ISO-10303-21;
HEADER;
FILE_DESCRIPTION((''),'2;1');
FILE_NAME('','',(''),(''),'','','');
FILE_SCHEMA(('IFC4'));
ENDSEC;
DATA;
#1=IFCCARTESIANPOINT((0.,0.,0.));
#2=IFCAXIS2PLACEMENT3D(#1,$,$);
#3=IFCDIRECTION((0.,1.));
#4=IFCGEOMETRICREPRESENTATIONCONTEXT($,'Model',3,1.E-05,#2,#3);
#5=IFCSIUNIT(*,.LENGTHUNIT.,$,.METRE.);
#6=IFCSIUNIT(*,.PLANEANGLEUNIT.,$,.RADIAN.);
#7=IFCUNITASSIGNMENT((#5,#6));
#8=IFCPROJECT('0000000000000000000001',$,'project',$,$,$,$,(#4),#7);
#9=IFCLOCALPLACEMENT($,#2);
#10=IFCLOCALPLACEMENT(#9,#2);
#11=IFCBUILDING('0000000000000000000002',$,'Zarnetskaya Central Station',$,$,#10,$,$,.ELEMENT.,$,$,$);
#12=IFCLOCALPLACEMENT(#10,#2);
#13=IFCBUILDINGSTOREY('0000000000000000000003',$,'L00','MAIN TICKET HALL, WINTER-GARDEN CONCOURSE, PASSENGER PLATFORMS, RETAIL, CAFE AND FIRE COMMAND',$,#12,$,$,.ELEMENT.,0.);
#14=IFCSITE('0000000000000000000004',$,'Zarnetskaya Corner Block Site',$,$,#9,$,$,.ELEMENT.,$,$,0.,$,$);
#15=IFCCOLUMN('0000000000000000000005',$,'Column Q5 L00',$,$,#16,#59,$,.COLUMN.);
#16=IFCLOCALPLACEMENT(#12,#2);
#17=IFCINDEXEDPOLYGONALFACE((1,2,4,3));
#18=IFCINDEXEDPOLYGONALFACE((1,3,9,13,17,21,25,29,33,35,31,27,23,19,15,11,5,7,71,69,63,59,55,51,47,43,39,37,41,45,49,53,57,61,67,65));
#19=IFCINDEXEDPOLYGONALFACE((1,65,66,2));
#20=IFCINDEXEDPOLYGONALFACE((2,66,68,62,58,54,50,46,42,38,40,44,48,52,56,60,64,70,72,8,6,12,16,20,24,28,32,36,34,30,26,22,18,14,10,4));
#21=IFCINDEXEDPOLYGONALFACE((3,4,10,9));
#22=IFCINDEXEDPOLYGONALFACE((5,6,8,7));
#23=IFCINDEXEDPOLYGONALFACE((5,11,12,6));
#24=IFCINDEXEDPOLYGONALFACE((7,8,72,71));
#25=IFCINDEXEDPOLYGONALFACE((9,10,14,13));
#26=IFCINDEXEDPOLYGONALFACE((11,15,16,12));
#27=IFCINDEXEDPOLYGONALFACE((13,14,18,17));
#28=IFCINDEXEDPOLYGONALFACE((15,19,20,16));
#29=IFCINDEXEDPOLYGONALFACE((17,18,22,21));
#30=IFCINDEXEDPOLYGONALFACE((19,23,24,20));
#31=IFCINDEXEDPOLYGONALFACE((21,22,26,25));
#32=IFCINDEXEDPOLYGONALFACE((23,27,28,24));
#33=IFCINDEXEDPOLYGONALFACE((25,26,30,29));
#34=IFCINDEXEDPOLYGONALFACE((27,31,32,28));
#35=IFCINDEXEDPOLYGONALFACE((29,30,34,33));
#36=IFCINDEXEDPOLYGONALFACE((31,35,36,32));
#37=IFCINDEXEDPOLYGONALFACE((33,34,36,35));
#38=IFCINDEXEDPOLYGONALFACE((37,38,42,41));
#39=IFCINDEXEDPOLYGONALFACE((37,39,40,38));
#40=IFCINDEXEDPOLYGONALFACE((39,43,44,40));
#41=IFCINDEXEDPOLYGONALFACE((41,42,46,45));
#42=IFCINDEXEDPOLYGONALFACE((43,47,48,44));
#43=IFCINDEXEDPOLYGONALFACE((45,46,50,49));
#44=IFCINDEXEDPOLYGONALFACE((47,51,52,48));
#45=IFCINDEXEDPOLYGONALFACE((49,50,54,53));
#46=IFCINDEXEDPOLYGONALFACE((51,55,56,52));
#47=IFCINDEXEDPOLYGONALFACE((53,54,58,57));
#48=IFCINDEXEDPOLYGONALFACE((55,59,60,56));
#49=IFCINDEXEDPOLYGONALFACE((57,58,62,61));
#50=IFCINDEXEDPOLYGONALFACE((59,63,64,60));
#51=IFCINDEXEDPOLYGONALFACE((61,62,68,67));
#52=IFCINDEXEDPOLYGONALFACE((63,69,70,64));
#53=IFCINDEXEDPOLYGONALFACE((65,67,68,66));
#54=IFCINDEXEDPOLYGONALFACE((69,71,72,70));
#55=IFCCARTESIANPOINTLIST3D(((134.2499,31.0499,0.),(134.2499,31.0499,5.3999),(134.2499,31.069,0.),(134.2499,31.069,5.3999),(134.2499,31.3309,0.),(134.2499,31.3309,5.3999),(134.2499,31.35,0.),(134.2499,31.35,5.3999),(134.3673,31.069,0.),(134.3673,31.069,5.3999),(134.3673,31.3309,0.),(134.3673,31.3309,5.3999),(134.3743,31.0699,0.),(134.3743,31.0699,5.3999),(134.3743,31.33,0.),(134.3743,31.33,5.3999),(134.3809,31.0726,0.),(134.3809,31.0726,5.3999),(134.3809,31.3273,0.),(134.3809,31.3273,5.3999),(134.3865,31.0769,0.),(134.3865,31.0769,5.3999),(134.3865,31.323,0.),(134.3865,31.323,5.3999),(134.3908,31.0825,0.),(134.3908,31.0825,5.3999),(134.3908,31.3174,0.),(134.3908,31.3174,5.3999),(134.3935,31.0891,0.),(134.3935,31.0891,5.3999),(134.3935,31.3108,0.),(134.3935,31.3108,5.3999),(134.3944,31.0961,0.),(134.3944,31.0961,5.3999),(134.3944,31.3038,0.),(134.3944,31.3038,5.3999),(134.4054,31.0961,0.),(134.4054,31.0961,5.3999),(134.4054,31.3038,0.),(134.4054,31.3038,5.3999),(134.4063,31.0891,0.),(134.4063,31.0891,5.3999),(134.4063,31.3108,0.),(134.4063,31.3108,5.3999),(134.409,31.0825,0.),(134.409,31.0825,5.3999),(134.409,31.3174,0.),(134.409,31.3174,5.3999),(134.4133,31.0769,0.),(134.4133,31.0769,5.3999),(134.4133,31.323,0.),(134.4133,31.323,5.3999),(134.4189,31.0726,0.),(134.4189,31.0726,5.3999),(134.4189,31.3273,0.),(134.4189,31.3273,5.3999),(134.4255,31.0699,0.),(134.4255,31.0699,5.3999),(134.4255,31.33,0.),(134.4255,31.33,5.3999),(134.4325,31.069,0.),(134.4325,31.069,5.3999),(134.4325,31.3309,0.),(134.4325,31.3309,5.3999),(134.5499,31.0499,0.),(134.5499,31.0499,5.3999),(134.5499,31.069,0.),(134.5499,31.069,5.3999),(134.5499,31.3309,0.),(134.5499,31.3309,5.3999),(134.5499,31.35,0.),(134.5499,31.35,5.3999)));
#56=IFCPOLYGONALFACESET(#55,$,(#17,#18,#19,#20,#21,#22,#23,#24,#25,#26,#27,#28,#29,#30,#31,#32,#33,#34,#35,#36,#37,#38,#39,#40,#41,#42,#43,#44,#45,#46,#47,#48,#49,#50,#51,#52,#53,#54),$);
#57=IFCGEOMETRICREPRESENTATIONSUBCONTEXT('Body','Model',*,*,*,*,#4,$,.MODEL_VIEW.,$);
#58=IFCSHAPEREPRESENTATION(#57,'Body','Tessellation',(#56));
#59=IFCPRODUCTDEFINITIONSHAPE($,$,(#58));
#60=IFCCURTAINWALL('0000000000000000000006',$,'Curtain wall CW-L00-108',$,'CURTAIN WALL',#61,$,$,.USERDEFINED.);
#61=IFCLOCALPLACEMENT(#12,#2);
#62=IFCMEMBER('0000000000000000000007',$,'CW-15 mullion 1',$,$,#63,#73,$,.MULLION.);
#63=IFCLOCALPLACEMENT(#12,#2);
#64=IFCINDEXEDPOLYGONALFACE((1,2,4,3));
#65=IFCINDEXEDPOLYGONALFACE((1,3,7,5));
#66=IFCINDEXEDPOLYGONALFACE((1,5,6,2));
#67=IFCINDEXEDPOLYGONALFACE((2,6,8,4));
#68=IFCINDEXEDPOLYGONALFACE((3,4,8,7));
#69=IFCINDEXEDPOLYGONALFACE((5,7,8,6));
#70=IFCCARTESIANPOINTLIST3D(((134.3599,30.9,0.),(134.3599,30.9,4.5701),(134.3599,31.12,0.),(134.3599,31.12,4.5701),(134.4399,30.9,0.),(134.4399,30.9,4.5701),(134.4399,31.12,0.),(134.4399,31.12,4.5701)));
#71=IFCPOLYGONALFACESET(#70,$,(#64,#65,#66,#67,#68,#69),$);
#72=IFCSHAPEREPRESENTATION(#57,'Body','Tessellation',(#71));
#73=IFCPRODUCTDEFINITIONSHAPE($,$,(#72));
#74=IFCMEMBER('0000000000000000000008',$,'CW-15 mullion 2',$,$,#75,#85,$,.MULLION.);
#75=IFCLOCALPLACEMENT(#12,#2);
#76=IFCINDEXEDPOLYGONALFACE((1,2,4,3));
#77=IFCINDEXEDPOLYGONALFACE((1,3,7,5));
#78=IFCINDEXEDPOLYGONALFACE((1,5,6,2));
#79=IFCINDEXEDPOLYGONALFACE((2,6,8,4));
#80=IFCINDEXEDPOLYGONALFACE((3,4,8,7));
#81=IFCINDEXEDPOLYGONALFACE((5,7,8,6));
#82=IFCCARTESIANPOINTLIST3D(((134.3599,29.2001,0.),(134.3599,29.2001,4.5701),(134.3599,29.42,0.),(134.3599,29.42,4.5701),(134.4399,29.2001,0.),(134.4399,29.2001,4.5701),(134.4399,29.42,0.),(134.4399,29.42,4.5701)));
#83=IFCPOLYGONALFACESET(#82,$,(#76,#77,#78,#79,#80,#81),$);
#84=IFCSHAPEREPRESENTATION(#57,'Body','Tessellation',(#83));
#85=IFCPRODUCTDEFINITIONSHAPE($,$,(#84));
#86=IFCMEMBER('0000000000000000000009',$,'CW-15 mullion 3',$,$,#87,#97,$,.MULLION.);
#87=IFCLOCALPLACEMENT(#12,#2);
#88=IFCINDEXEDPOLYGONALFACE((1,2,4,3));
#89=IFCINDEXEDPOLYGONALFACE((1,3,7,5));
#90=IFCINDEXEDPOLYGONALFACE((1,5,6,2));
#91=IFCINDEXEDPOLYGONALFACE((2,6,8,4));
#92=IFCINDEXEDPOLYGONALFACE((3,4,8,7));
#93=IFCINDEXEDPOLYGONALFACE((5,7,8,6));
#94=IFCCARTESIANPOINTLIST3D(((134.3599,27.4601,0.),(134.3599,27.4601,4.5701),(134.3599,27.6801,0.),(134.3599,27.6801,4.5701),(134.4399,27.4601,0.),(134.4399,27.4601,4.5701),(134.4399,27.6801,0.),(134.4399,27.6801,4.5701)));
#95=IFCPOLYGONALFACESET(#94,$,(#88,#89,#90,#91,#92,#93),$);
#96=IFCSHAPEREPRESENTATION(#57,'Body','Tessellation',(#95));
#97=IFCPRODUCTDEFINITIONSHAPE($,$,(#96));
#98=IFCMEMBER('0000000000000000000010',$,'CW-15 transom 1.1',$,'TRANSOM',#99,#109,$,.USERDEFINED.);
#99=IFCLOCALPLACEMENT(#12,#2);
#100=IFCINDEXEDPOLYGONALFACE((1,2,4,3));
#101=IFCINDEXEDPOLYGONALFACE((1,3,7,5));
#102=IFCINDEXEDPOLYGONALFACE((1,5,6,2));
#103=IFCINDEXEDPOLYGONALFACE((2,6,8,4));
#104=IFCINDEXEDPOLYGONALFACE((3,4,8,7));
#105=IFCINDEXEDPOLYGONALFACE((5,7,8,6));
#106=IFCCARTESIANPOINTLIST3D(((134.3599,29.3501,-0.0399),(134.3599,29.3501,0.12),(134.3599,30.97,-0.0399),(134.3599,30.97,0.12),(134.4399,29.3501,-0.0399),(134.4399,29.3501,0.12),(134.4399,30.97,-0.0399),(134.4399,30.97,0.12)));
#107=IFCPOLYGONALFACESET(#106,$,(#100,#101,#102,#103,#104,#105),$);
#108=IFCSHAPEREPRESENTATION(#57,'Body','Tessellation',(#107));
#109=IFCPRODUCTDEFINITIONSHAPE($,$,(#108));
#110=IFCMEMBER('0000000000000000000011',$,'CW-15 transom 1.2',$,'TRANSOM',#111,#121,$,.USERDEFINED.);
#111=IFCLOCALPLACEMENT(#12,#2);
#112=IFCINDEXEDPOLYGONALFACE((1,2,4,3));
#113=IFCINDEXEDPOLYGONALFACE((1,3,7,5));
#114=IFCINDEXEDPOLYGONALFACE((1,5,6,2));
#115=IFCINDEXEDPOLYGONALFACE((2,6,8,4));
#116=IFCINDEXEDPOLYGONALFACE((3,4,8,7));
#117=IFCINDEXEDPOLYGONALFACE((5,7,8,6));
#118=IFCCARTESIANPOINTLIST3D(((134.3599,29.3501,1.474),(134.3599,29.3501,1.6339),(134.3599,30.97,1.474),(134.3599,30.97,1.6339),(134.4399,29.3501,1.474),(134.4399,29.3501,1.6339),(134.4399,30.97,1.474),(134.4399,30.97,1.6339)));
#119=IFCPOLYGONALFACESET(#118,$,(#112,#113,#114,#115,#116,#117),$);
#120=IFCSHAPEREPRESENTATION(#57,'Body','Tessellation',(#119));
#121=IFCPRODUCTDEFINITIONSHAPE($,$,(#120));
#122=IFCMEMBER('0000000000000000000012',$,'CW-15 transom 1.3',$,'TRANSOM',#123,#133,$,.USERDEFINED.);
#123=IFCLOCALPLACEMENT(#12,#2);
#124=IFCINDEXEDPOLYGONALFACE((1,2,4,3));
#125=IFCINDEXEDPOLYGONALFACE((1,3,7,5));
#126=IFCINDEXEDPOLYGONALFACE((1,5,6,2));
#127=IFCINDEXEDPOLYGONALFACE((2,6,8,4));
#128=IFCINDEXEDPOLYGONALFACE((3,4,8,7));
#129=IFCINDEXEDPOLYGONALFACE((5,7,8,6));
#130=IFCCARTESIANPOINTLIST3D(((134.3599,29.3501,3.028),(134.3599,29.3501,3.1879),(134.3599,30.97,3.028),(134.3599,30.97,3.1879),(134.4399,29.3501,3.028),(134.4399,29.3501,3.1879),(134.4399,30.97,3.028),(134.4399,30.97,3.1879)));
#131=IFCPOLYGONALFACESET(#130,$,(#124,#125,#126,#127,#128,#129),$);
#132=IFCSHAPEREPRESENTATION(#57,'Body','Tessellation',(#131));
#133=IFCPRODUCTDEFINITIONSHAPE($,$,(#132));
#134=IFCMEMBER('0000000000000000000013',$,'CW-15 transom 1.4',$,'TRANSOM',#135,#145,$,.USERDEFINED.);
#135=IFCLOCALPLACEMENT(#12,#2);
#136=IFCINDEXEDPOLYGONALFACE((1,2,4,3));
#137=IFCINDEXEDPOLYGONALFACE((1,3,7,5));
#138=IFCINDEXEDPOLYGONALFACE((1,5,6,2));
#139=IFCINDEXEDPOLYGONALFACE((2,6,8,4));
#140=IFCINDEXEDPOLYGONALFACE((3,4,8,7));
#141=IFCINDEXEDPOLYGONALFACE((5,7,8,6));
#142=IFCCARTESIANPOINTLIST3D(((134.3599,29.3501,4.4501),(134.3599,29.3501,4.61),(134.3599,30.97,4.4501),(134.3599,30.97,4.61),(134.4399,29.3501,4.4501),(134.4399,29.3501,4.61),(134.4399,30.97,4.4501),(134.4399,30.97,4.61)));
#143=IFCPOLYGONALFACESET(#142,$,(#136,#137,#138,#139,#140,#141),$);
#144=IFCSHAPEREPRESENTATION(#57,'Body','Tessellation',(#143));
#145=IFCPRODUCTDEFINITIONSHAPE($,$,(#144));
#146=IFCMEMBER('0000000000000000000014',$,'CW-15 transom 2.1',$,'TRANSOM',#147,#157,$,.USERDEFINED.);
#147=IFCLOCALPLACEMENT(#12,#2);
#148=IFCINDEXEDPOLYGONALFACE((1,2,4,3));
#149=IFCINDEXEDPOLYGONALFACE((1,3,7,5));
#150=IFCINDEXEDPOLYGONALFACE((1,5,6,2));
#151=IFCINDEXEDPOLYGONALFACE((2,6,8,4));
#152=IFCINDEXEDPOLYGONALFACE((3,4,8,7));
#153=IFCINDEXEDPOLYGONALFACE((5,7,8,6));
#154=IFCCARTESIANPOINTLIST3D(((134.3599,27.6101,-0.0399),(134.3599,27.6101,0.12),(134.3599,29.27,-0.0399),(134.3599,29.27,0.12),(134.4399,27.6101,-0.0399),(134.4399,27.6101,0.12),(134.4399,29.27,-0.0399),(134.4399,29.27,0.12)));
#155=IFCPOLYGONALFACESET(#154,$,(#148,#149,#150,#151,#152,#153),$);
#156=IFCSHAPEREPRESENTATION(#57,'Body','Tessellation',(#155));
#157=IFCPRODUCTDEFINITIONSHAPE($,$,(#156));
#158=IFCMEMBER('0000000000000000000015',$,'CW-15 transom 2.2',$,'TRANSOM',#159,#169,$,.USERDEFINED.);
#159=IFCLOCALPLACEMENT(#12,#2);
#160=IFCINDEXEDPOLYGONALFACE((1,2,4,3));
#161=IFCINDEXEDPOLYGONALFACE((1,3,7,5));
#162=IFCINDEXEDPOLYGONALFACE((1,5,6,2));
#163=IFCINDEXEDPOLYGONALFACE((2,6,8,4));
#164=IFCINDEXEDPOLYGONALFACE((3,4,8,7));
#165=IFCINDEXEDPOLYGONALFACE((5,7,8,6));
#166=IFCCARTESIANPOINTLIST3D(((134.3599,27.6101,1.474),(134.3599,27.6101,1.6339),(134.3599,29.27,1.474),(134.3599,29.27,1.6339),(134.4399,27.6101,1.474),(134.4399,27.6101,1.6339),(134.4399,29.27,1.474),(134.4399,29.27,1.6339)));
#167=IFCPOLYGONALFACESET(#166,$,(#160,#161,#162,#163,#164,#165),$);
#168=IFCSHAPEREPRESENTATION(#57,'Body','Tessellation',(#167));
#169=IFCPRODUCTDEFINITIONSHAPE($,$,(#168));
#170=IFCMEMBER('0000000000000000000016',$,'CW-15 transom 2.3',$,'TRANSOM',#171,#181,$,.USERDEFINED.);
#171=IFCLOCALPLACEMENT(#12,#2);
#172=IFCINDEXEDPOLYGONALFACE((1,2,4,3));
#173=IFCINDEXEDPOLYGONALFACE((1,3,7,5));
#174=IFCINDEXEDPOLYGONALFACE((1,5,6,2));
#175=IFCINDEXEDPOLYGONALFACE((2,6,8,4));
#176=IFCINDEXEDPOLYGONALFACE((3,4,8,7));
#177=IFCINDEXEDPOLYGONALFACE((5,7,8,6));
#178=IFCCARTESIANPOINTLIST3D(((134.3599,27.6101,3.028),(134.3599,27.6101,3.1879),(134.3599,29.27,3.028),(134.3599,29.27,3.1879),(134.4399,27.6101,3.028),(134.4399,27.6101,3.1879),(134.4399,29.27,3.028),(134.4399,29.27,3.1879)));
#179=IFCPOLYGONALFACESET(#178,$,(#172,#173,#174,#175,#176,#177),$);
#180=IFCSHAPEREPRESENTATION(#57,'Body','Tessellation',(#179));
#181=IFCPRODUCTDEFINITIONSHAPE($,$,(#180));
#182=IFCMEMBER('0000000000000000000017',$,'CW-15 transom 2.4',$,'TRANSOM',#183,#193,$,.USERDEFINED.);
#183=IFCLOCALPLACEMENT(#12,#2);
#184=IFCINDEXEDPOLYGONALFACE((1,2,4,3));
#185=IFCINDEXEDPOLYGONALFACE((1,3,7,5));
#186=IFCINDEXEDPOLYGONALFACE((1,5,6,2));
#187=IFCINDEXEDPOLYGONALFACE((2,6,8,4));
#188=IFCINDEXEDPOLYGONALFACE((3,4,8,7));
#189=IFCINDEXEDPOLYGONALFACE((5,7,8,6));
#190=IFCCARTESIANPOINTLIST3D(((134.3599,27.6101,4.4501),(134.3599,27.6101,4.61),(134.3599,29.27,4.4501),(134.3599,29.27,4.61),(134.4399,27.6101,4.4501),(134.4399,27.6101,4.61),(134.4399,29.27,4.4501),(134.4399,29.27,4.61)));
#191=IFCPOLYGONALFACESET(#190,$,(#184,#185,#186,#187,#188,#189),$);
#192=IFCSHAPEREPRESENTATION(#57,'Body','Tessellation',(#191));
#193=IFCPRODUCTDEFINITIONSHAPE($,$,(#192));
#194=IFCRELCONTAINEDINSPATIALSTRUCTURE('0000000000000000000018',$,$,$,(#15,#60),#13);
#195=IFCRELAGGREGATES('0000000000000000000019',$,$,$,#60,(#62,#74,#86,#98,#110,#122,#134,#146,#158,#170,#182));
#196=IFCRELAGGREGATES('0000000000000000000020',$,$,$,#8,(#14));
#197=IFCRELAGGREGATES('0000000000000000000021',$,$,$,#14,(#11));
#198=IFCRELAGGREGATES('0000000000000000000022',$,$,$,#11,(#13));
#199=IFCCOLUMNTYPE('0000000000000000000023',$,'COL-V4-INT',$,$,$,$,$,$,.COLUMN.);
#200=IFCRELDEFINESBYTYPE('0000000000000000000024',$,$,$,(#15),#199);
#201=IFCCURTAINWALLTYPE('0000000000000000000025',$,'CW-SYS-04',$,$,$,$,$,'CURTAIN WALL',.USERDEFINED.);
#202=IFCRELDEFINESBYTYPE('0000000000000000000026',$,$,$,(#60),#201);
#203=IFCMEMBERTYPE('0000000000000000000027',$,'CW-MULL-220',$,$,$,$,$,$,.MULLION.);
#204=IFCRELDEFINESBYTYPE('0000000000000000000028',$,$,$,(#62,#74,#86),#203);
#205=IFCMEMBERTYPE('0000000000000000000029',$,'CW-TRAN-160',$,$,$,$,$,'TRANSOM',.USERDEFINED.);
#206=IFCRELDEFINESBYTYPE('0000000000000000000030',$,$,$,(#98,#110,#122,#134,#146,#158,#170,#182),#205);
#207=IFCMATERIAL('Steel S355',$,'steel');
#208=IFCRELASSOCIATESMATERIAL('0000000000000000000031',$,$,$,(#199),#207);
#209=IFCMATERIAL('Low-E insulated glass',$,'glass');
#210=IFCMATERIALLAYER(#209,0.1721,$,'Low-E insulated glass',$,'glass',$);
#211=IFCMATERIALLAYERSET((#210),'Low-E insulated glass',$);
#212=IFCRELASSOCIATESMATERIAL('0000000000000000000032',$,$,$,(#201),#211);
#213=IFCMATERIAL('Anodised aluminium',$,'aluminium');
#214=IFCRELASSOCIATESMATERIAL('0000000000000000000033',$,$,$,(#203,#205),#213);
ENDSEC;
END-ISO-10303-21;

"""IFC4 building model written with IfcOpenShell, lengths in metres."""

from ifc_helpers import new_model, si_unit, direction, frame, origin, origin_2d, place, context, subcontext, project, spatial, rectangle, i_section, extrude, material, layer, layer_set, material_profile, profile_set, type_object, element, aggregate, save


model = new_model("IFC4")

# Units and contexts
model_context = context("Model", 3, precision=1e-05, world=origin(), true_north=direction((0.0, 1.0)))
body_context = subcontext(model_context, "Body", "Model", "MODEL_VIEW")
ifc_project = project(units=[si_unit("LENGTHUNIT", "METRE"), si_unit("PLANEANGLEUNIT", "RADIAN")], contexts=[model_context])

# Site, building, storey
site_placement = place(None, origin())
site = spatial("IfcSite", under=ifc_project, at=site_placement, Name="Zarnetskaya Corner Block Site", CompositionType="ELEMENT", RefElevation=0.0)
building_placement = place(site_placement, origin())
building = spatial("IfcBuilding", under=site, at=building_placement, Name="Zarnetskaya Central Station", CompositionType="ELEMENT")
storey_placement = place(building_placement, origin())
storey = spatial("IfcBuildingStorey", under=building, at=storey_placement, Name="L00", Description="MAIN TICKET HALL, WINTER-GARDEN CONCOURSE, PASSENGER PLATFORMS, RETAIL, CAFE AND FIRE COMMAND", CompositionType="ELEMENT", Elevation=0.0)

# Column
ifc_material_1 = material(Name="Steel S355", Category="steel")
ifc_material_profile_1 = material_profile(ifc_material_1, i_section(OverallWidth=0.3, OverallDepth=0.3, WebThickness=0.011, FlangeThickness=0.019, FilletRadius=0.0271, at=origin_2d()), Name="HEB 300")
ifc_profile_set_1 = profile_set([ifc_material_profile_1], Name="Steel S355")
column_type = type_object("IfcColumnType", Name="COL-V4-INT", PredefinedType="COLUMN", material=ifc_profile_set_1)
column_placement = place(storey_placement, frame((134.3999, 31.2, 0.0), z_axis=(0.0, 0.0, 1.0), x_axis=(1.0, 0.0, 0.0)))
element("IfcColumn", 1, at=column_placement, inside=storey, type_object=column_type, Name="Column Q5 L00", PredefinedType="COLUMN", context=body_context, shape_type="SweptSolid", body=[
    extrude(i_section(OverallWidth=0.3, OverallDepth=0.3, WebThickness=0.011, FlangeThickness=0.019, FilletRadius=0.0271, at=origin_2d()), origin(), (0.0, 0.0, 1.0), 5.3999),
])

# Curtain wall, members
ifc_material_2 = material(Name="Low-E insulated glass", Category="glass")
ifc_layer_1 = layer(ifc_material_2, 0.1721, Name="Low-E insulated glass", Category="glass")
ifc_layer_set_1 = layer_set([ifc_layer_1], Name="Low-E insulated glass")
curtain_wall_type = type_object("IfcCurtainWallType", Name="CW-SYS-04", ElementType="CURTAIN WALL", PredefinedType="USERDEFINED", material=ifc_layer_set_1)
curtain_wall_placement = place(storey_placement, origin())
curtain_wall = element("IfcCurtainWall", 2, at=curtain_wall_placement, inside=storey, type_object=curtain_wall_type, Name="Curtain wall CW-L00-108", ObjectType="CURTAIN WALL", PredefinedType="USERDEFINED")
ifc_material_3 = material(Name="Anodised aluminium", Category="aluminium")
ifc_material_profile_2 = material_profile(ifc_material_3, rectangle(XDim=0.0801, YDim=0.22, at=origin_2d()), Name="ALU MULL 80x220")
ifc_profile_set_2 = profile_set([ifc_material_profile_2], Name="Anodised aluminium")
member_type_1 = type_object("IfcMemberType", Name="CW-MULL-220", PredefinedType="MULLION", material=ifc_profile_set_2)
member_1_placement = place(storey_placement, frame((134.3999, 31.01, 0.0), z_axis=(0.0, 0.0, 1.0), x_axis=(1.0, 0.0, 0.0)))
member_1 = element("IfcMember", 3, at=member_1_placement, type_object=member_type_1, Name="CW-15 mullion 1", PredefinedType="MULLION", context=body_context, shape_type="SweptSolid", body=[
    extrude(rectangle(XDim=0.0801, YDim=0.22, at=origin_2d()), origin(), (0.0, 0.0, 1.0), 4.5701),
])
member_2_placement = place(storey_placement, frame((134.3999, 29.3101, 0.0), z_axis=(0.0, 0.0, 1.0), x_axis=(1.0, 0.0, 0.0)))
member_2 = element("IfcMember", 4, at=member_2_placement, type_object=member_type_1, Name="CW-15 mullion 2", PredefinedType="MULLION", context=body_context, shape_type="SweptSolid", body=[
    extrude(rectangle(XDim=0.0801, YDim=0.22, at=origin_2d()), origin(), (0.0, 0.0, 1.0), 4.5701),
])
member_3_placement = place(storey_placement, frame((134.3999, 27.5701, 0.0), z_axis=(0.0, 0.0, 1.0), x_axis=(1.0, 0.0, 0.0)))
member_3 = element("IfcMember", 5, at=member_3_placement, type_object=member_type_1, Name="CW-15 mullion 3", PredefinedType="MULLION", context=body_context, shape_type="SweptSolid", body=[
    extrude(rectangle(XDim=0.0801, YDim=0.22, at=origin_2d()), origin(), (0.0, 0.0, 1.0), 4.5701),
])
ifc_material_profile_3 = material_profile(ifc_material_3, rectangle(XDim=0.0801, YDim=0.1599, at=origin_2d()), Name="ALU TRAN 80x160")
ifc_profile_set_3 = profile_set([ifc_material_profile_3], Name="Anodised aluminium")
member_type_2 = type_object("IfcMemberType", Name="CW-TRAN-160", ElementType="TRANSOM", PredefinedType="USERDEFINED", material=ifc_profile_set_3)
member_4_placement = place(storey_placement, frame((134.3999, 30.97, 0.04), z_axis=(0.0, -1.0, 0.0), x_axis=(1.0, 0.0, 0.0)))
member_4 = element("IfcMember", 6, at=member_4_placement, type_object=member_type_2, Name="CW-15 transom 1.1", ObjectType="TRANSOM", PredefinedType="USERDEFINED", context=body_context, shape_type="SweptSolid", body=[
    extrude(rectangle(XDim=0.0801, YDim=0.1599, at=origin_2d()), origin(), (0.0, 0.0, 1.0), 1.6199),
])
member_5_placement = place(storey_placement, frame((134.3999, 30.97, 1.554), z_axis=(0.0, -1.0, 0.0), x_axis=(1.0, 0.0, 0.0)))
member_5 = element("IfcMember", 7, at=member_5_placement, type_object=member_type_2, Name="CW-15 transom 1.2", ObjectType="TRANSOM", PredefinedType="USERDEFINED", context=body_context, shape_type="SweptSolid", body=[
    extrude(rectangle(XDim=0.0801, YDim=0.1599, at=origin_2d()), origin(), (0.0, 0.0, 1.0), 1.6199),
])
member_6_placement = place(storey_placement, frame((134.3999, 30.97, 3.1079), z_axis=(0.0, -1.0, 0.0), x_axis=(1.0, 0.0, 0.0)))
member_6 = element("IfcMember", 8, at=member_6_placement, type_object=member_type_2, Name="CW-15 transom 1.3", ObjectType="TRANSOM", PredefinedType="USERDEFINED", context=body_context, shape_type="SweptSolid", body=[
    extrude(rectangle(XDim=0.0801, YDim=0.1599, at=origin_2d()), origin(), (0.0, 0.0, 1.0), 1.6199),
])
member_7_placement = place(storey_placement, frame((134.3999, 30.97, 4.53), z_axis=(0.0, -1.0, 0.0), x_axis=(1.0, 0.0, 0.0)))
member_7 = element("IfcMember", 9, at=member_7_placement, type_object=member_type_2, Name="CW-15 transom 1.4", ObjectType="TRANSOM", PredefinedType="USERDEFINED", context=body_context, shape_type="SweptSolid", body=[
    extrude(rectangle(XDim=0.0801, YDim=0.1599, at=origin_2d()), origin(), (0.0, 0.0, 1.0), 1.6199),
])
member_8_placement = place(storey_placement, frame((134.3999, 29.27, 0.04), z_axis=(0.0, -1.0, 0.0), x_axis=(1.0, 0.0, 0.0)))
member_8 = element("IfcMember", 10, at=member_8_placement, type_object=member_type_2, Name="CW-15 transom 2.1", ObjectType="TRANSOM", PredefinedType="USERDEFINED", context=body_context, shape_type="SweptSolid", body=[
    extrude(rectangle(XDim=0.0801, YDim=0.1599, at=origin_2d()), origin(), (0.0, 0.0, 1.0), 1.6599),
])
member_9_placement = place(storey_placement, frame((134.3999, 29.27, 1.554), z_axis=(0.0, -1.0, 0.0), x_axis=(1.0, 0.0, 0.0)))
member_9 = element("IfcMember", 11, at=member_9_placement, type_object=member_type_2, Name="CW-15 transom 2.2", ObjectType="TRANSOM", PredefinedType="USERDEFINED", context=body_context, shape_type="SweptSolid", body=[
    extrude(rectangle(XDim=0.0801, YDim=0.1599, at=origin_2d()), origin(), (0.0, 0.0, 1.0), 1.6599),
])
member_10_placement = place(storey_placement, frame((134.3999, 29.27, 3.1079), z_axis=(0.0, -1.0, 0.0), x_axis=(1.0, 0.0, 0.0)))
member_10 = element("IfcMember", 12, at=member_10_placement, type_object=member_type_2, Name="CW-15 transom 2.3", ObjectType="TRANSOM", PredefinedType="USERDEFINED", context=body_context, shape_type="SweptSolid", body=[
    extrude(rectangle(XDim=0.0801, YDim=0.1599, at=origin_2d()), origin(), (0.0, 0.0, 1.0), 1.6599),
])
member_11_placement = place(storey_placement, frame((134.3999, 29.27, 4.53), z_axis=(0.0, -1.0, 0.0), x_axis=(1.0, 0.0, 0.0)))
member_11 = element("IfcMember", 13, at=member_11_placement, type_object=member_type_2, Name="CW-15 transom 2.4", ObjectType="TRANSOM", PredefinedType="USERDEFINED", context=body_context, shape_type="SweptSolid", body=[
    extrude(rectangle(XDim=0.0801, YDim=0.1599, at=origin_2d()), origin(), (0.0, 0.0, 1.0), 1.6599),
])
aggregate(curtain_wall, [member_1, member_2, member_3, member_4, member_5, member_6, member_7, member_8, member_9, member_10, member_11])

save(model, "model.ifc")
